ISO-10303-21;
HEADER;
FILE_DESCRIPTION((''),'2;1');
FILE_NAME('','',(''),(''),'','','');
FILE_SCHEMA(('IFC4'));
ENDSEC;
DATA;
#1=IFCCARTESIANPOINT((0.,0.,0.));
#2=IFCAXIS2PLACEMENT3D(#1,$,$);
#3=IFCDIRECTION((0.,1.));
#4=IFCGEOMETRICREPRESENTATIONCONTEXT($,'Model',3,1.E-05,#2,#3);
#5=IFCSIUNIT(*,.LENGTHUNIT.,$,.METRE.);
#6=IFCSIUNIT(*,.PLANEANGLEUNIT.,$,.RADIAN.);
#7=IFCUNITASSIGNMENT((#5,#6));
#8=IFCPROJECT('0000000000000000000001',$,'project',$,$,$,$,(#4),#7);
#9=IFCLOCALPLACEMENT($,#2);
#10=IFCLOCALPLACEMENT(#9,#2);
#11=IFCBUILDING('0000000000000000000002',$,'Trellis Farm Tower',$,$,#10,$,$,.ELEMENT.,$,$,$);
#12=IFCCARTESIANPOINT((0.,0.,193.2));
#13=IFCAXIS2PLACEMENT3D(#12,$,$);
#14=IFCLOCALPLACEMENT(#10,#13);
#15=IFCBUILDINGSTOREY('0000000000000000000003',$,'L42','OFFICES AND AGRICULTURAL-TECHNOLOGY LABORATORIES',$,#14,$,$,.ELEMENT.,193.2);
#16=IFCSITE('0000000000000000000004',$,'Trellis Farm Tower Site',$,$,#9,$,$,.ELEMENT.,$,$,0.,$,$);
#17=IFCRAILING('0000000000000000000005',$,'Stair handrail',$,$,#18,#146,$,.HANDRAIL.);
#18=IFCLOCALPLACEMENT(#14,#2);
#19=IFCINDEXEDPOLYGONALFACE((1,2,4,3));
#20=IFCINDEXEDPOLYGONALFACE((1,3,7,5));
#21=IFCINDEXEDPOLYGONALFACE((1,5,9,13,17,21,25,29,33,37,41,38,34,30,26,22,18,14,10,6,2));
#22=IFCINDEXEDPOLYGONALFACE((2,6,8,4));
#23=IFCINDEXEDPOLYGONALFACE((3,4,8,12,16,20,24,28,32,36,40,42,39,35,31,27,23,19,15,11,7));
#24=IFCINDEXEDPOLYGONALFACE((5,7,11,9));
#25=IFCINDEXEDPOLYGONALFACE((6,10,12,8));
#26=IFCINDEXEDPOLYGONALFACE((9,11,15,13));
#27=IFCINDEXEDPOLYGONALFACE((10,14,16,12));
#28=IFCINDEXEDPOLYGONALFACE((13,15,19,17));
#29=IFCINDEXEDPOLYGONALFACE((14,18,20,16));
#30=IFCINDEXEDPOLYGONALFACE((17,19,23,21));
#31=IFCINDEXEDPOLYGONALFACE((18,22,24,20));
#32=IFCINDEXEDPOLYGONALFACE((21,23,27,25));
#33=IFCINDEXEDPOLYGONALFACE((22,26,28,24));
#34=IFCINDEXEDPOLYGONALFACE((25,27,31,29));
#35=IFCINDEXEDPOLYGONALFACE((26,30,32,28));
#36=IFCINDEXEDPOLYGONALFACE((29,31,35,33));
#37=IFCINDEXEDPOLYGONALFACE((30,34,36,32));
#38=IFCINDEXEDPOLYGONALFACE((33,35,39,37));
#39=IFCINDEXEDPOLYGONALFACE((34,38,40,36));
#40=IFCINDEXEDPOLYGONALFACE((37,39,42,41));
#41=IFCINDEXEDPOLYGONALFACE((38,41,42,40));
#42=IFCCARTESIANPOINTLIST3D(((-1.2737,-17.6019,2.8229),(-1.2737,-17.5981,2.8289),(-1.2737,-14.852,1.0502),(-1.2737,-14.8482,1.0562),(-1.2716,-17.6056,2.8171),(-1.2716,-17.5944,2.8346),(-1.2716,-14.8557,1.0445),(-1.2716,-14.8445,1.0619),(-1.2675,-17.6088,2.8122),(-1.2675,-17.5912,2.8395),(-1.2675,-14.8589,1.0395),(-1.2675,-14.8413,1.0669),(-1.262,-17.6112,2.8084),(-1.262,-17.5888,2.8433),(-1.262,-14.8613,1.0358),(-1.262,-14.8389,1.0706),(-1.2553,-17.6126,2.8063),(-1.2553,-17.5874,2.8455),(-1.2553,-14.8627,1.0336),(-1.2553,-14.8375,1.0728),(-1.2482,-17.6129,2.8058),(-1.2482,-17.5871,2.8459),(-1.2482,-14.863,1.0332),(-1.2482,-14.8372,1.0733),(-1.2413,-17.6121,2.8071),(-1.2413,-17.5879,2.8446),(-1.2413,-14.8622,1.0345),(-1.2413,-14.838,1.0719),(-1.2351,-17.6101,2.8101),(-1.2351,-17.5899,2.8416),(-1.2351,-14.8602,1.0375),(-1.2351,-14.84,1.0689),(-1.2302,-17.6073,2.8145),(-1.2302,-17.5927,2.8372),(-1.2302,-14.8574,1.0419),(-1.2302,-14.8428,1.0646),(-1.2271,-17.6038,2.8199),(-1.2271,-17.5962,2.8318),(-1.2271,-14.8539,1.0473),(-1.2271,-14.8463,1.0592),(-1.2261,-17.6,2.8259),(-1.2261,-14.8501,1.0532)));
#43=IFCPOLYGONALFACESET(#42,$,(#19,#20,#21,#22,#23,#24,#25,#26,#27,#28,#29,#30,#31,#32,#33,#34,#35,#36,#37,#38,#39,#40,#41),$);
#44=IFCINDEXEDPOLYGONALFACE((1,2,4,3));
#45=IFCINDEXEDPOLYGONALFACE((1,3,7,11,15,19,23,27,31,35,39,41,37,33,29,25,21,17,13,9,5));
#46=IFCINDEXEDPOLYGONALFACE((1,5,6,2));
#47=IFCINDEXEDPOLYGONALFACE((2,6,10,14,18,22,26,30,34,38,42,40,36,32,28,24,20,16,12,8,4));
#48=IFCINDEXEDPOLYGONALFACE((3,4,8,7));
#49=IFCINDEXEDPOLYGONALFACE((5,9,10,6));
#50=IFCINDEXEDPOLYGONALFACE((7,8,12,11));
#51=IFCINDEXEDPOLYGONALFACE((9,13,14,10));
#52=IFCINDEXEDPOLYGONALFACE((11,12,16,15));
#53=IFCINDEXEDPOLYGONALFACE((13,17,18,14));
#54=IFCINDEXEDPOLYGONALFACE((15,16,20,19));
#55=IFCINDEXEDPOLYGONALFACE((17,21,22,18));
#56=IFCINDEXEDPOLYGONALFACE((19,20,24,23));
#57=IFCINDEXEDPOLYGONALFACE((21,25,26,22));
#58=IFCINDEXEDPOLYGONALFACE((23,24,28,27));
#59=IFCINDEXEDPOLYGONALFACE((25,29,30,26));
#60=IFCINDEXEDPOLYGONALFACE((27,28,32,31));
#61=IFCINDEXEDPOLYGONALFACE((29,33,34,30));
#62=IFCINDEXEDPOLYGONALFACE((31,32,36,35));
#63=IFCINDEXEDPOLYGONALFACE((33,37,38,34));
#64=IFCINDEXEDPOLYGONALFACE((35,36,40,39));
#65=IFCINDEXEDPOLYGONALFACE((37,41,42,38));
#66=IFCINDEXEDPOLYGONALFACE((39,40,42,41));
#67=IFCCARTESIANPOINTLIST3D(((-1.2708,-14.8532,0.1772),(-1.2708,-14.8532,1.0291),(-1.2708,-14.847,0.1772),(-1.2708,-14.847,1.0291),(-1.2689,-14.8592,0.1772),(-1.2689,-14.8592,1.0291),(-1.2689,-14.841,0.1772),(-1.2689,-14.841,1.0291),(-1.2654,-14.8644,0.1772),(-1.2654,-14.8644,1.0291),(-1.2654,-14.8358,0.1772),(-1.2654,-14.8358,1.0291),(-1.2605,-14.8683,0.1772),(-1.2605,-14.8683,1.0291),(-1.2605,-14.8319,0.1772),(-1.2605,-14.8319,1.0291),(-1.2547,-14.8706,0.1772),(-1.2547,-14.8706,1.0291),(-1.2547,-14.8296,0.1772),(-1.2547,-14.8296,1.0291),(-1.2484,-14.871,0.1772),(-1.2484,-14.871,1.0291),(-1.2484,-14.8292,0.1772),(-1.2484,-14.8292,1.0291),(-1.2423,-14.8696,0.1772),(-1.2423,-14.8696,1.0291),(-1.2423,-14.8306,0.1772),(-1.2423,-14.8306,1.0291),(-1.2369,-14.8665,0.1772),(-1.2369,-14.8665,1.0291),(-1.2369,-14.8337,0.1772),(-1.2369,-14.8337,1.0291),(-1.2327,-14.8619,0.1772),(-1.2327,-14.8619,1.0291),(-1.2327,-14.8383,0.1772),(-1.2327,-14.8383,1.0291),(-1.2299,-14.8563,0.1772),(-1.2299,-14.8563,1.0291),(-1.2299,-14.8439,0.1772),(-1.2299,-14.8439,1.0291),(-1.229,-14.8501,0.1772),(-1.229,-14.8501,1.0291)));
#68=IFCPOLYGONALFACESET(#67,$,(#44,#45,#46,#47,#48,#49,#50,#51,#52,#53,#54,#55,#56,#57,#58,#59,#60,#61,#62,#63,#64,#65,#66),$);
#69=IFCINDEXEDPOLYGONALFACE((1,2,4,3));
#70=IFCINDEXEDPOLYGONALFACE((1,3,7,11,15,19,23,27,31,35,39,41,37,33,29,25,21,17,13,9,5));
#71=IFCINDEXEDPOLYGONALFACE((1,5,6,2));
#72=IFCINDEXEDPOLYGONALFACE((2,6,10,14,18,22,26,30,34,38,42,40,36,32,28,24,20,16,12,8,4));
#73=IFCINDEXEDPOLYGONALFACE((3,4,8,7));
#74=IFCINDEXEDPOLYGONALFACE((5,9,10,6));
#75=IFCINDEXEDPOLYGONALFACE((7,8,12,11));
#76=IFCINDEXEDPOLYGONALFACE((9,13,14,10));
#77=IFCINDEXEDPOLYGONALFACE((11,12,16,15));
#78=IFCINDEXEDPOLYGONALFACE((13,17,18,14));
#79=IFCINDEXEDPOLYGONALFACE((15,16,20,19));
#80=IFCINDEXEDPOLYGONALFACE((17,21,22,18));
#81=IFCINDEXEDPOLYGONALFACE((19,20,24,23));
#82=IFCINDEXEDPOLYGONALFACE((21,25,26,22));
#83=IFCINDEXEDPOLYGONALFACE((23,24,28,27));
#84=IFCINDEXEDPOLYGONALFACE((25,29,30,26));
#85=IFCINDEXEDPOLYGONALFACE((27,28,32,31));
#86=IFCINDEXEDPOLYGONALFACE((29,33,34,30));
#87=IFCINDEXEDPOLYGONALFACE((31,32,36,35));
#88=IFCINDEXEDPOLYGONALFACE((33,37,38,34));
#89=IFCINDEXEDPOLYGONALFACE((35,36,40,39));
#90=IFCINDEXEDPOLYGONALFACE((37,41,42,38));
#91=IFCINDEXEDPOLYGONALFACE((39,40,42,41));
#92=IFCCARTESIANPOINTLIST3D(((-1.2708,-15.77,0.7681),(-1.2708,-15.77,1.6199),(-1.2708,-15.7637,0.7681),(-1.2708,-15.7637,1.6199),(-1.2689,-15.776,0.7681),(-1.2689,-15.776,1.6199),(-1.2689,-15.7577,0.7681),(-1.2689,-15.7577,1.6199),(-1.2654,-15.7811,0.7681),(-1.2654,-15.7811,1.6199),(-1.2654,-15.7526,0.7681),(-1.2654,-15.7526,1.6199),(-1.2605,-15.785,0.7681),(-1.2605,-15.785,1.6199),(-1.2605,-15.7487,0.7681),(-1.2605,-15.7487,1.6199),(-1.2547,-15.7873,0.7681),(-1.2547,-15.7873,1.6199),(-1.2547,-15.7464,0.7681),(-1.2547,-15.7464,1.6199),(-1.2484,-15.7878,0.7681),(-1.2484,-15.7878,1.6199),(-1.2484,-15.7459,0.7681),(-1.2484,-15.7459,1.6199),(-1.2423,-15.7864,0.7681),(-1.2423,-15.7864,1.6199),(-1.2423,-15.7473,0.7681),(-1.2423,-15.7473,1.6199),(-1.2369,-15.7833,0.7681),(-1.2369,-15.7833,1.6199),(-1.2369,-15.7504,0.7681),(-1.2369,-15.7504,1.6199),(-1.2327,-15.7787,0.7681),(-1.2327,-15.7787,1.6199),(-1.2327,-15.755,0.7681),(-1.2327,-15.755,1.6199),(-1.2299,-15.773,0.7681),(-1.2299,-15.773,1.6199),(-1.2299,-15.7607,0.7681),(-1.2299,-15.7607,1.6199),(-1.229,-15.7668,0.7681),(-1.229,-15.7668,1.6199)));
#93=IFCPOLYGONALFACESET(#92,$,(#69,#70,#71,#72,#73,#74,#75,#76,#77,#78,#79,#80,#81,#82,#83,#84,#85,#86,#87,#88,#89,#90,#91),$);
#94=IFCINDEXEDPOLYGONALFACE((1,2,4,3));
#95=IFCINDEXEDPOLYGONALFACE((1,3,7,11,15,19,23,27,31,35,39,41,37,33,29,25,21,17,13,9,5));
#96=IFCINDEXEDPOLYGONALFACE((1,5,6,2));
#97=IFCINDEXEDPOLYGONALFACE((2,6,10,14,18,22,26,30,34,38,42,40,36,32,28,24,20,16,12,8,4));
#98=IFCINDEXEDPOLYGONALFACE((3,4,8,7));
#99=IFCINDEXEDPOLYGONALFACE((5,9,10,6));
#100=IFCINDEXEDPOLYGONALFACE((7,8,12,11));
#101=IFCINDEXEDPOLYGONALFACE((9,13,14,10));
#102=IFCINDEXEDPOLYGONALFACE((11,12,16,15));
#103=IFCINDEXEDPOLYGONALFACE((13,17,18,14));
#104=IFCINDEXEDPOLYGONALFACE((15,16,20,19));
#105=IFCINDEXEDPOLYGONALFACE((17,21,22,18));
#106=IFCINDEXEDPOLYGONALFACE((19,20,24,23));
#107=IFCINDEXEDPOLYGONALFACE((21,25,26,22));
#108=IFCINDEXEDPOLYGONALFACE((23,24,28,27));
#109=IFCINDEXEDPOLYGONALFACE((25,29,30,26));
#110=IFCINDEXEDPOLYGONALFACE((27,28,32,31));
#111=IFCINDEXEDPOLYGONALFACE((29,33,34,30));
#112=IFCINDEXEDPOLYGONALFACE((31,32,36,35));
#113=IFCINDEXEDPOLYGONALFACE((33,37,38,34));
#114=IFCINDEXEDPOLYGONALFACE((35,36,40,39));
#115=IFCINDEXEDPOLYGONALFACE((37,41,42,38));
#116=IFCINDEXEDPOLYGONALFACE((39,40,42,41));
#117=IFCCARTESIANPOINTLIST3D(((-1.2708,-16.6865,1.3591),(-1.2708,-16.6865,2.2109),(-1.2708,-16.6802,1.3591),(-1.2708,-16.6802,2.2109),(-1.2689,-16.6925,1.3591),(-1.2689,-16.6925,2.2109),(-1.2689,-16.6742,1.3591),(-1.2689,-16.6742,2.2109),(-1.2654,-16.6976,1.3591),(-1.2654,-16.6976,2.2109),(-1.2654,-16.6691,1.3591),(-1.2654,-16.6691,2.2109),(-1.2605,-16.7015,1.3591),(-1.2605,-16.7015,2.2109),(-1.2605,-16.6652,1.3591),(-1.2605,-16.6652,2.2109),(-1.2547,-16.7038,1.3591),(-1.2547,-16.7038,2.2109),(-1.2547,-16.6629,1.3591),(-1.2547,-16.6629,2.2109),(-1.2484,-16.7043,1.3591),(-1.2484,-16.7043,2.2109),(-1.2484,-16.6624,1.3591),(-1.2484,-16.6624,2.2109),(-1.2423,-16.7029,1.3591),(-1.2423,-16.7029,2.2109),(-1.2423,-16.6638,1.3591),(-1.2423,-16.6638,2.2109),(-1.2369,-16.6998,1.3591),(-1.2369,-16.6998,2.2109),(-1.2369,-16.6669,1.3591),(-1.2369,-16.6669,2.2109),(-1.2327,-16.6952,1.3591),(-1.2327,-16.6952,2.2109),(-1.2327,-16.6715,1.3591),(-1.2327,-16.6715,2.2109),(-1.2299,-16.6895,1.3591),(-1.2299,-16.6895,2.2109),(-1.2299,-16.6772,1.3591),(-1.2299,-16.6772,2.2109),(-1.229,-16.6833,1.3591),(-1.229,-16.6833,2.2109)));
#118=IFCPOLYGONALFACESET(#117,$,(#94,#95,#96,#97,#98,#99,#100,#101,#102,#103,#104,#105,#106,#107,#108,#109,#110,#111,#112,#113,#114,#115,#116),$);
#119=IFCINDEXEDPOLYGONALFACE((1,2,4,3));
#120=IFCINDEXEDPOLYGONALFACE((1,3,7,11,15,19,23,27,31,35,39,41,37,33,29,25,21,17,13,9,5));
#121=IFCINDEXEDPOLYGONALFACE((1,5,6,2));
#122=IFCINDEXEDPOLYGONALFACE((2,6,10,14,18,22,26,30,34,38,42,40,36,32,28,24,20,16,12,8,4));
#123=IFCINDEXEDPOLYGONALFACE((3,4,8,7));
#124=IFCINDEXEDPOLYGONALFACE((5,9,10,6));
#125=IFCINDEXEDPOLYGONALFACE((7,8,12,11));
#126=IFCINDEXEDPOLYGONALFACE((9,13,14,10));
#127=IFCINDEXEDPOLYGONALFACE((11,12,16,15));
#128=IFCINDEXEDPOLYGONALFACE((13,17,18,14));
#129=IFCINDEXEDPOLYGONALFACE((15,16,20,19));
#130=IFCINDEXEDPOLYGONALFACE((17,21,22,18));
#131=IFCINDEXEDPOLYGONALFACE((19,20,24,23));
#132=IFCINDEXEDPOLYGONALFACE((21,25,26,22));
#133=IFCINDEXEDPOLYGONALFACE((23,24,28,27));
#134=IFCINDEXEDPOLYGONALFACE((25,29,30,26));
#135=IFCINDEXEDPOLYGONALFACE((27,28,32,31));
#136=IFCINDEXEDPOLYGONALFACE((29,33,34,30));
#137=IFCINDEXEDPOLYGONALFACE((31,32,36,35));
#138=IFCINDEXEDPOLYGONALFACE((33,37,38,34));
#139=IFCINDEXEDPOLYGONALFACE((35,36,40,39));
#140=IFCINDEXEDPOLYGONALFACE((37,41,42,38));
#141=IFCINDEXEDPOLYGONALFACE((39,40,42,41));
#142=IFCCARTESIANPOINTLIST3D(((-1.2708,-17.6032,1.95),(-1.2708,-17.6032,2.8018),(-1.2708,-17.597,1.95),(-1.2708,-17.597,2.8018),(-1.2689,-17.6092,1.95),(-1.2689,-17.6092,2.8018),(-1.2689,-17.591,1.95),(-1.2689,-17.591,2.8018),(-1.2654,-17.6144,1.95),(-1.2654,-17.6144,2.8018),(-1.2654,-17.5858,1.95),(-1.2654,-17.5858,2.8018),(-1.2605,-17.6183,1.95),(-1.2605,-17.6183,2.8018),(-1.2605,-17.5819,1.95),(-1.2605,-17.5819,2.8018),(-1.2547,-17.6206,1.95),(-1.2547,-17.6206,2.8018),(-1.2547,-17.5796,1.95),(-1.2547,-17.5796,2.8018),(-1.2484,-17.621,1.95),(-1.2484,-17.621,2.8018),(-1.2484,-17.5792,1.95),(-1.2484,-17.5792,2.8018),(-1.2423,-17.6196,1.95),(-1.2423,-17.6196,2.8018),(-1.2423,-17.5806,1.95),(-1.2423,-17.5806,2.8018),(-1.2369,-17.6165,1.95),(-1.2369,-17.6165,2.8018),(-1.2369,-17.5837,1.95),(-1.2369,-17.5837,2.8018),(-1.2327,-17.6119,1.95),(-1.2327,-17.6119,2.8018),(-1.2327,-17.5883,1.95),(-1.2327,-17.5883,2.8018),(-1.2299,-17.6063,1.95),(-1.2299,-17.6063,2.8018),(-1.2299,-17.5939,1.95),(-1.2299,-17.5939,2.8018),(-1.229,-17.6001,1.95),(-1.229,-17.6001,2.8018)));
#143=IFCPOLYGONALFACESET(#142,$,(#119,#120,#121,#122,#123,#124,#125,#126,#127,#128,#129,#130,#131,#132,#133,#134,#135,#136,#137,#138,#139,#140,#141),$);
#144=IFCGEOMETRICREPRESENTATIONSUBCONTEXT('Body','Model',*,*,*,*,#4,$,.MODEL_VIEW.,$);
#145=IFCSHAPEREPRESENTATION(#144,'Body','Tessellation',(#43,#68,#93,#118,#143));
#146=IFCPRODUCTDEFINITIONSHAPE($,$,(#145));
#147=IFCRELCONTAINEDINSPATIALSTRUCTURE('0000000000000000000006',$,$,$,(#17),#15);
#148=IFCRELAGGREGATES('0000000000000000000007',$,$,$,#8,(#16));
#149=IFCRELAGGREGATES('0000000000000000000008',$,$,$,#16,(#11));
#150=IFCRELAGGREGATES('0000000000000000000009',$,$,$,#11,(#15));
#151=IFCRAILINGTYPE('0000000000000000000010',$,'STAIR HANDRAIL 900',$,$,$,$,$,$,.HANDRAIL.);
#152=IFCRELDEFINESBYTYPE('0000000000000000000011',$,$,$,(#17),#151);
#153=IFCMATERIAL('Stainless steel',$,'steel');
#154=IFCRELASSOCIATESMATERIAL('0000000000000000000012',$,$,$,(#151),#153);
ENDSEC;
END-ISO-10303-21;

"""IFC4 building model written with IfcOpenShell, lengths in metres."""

from ifc_helpers import new_model, si_unit, direction, frame, origin, origin_2d, place, context, subcontext, project, spatial, circle, extrude, source, transform, mapped, material, type_object, element, save


model = new_model("IFC4")

# Units and contexts
model_context = context("Model", 3, precision=1e-05, world=origin(), true_north=direction((0.0, 1.0)))
body_context = subcontext(model_context, "Body", "Model", "MODEL_VIEW")
ifc_project = project(units=[si_unit("LENGTHUNIT", "METRE"), si_unit("PLANEANGLEUNIT", "RADIAN")], contexts=[model_context])

# Site, building, storey
site_placement = place(None, origin())
site = spatial("IfcSite", under=ifc_project, at=site_placement, Name="Trellis Farm Tower Site", CompositionType="ELEMENT", RefElevation=0.0)
building_placement = place(site_placement, origin())
building = spatial("IfcBuilding", under=site, at=building_placement, Name="Trellis Farm Tower", CompositionType="ELEMENT")
storey_placement = place(building_placement, frame((0.0, 0.0, 193.2)))
storey = spatial("IfcBuildingStorey", under=building, at=storey_placement, Name="L42", Description="OFFICES AND AGRICULTURAL-TECHNOLOGY LABORATORIES", CompositionType="ELEMENT", Elevation=193.2)

# Railing
ifc_material_1 = material(Name="Stainless steel", Category="steel")
railing_type = type_object("IfcRailingType", Name="STAIR HANDRAIL 900", PredefinedType="HANDRAIL", material=ifc_material_1)
shared_shape_1 = source(origin(), body_context, "Body", "SweptSolid", [
    extrude(circle(Radius=0.0239, at=origin_2d()), frame((0.0, 0.0, 0.876), z_axis=(0.0, -0.840504, 0.541806), x_axis=(1.0, 0.0, 0.0)), (0.0, 0.0, 1.0), 3.2717),
    extrude(circle(Radius=0.021, at=origin_2d()), origin(), (0.0, 0.0, 1.0), 0.8518),
    extrude(circle(Radius=0.021, at=origin_2d()), frame((0.0, -0.9167, 0.5908)), (0.0, 0.0, 1.0), 0.8518),
    extrude(circle(Radius=0.021, at=origin_2d()), frame((0.0, -1.8333, 1.1819)), (0.0, 0.0, 1.0), 0.8518),
    extrude(circle(Radius=0.021, at=origin_2d()), frame((0.0, -2.75, 1.7727)), (0.0, 0.0, 1.0), 0.8518),
])
railing_placement = place(storey_placement, frame((-1.25, -14.8501, 0.1772)))
element("IfcRailing", 1, at=railing_placement, inside=storey, type_object=railing_type, Name="Stair handrail", PredefinedType="HANDRAIL", context=body_context, shape_type="MappedRepresentation", body=[
    mapped(shared_shape_1, transform((0.0, 0.0, 0.0))),
])

save(model, "model.ifc")
